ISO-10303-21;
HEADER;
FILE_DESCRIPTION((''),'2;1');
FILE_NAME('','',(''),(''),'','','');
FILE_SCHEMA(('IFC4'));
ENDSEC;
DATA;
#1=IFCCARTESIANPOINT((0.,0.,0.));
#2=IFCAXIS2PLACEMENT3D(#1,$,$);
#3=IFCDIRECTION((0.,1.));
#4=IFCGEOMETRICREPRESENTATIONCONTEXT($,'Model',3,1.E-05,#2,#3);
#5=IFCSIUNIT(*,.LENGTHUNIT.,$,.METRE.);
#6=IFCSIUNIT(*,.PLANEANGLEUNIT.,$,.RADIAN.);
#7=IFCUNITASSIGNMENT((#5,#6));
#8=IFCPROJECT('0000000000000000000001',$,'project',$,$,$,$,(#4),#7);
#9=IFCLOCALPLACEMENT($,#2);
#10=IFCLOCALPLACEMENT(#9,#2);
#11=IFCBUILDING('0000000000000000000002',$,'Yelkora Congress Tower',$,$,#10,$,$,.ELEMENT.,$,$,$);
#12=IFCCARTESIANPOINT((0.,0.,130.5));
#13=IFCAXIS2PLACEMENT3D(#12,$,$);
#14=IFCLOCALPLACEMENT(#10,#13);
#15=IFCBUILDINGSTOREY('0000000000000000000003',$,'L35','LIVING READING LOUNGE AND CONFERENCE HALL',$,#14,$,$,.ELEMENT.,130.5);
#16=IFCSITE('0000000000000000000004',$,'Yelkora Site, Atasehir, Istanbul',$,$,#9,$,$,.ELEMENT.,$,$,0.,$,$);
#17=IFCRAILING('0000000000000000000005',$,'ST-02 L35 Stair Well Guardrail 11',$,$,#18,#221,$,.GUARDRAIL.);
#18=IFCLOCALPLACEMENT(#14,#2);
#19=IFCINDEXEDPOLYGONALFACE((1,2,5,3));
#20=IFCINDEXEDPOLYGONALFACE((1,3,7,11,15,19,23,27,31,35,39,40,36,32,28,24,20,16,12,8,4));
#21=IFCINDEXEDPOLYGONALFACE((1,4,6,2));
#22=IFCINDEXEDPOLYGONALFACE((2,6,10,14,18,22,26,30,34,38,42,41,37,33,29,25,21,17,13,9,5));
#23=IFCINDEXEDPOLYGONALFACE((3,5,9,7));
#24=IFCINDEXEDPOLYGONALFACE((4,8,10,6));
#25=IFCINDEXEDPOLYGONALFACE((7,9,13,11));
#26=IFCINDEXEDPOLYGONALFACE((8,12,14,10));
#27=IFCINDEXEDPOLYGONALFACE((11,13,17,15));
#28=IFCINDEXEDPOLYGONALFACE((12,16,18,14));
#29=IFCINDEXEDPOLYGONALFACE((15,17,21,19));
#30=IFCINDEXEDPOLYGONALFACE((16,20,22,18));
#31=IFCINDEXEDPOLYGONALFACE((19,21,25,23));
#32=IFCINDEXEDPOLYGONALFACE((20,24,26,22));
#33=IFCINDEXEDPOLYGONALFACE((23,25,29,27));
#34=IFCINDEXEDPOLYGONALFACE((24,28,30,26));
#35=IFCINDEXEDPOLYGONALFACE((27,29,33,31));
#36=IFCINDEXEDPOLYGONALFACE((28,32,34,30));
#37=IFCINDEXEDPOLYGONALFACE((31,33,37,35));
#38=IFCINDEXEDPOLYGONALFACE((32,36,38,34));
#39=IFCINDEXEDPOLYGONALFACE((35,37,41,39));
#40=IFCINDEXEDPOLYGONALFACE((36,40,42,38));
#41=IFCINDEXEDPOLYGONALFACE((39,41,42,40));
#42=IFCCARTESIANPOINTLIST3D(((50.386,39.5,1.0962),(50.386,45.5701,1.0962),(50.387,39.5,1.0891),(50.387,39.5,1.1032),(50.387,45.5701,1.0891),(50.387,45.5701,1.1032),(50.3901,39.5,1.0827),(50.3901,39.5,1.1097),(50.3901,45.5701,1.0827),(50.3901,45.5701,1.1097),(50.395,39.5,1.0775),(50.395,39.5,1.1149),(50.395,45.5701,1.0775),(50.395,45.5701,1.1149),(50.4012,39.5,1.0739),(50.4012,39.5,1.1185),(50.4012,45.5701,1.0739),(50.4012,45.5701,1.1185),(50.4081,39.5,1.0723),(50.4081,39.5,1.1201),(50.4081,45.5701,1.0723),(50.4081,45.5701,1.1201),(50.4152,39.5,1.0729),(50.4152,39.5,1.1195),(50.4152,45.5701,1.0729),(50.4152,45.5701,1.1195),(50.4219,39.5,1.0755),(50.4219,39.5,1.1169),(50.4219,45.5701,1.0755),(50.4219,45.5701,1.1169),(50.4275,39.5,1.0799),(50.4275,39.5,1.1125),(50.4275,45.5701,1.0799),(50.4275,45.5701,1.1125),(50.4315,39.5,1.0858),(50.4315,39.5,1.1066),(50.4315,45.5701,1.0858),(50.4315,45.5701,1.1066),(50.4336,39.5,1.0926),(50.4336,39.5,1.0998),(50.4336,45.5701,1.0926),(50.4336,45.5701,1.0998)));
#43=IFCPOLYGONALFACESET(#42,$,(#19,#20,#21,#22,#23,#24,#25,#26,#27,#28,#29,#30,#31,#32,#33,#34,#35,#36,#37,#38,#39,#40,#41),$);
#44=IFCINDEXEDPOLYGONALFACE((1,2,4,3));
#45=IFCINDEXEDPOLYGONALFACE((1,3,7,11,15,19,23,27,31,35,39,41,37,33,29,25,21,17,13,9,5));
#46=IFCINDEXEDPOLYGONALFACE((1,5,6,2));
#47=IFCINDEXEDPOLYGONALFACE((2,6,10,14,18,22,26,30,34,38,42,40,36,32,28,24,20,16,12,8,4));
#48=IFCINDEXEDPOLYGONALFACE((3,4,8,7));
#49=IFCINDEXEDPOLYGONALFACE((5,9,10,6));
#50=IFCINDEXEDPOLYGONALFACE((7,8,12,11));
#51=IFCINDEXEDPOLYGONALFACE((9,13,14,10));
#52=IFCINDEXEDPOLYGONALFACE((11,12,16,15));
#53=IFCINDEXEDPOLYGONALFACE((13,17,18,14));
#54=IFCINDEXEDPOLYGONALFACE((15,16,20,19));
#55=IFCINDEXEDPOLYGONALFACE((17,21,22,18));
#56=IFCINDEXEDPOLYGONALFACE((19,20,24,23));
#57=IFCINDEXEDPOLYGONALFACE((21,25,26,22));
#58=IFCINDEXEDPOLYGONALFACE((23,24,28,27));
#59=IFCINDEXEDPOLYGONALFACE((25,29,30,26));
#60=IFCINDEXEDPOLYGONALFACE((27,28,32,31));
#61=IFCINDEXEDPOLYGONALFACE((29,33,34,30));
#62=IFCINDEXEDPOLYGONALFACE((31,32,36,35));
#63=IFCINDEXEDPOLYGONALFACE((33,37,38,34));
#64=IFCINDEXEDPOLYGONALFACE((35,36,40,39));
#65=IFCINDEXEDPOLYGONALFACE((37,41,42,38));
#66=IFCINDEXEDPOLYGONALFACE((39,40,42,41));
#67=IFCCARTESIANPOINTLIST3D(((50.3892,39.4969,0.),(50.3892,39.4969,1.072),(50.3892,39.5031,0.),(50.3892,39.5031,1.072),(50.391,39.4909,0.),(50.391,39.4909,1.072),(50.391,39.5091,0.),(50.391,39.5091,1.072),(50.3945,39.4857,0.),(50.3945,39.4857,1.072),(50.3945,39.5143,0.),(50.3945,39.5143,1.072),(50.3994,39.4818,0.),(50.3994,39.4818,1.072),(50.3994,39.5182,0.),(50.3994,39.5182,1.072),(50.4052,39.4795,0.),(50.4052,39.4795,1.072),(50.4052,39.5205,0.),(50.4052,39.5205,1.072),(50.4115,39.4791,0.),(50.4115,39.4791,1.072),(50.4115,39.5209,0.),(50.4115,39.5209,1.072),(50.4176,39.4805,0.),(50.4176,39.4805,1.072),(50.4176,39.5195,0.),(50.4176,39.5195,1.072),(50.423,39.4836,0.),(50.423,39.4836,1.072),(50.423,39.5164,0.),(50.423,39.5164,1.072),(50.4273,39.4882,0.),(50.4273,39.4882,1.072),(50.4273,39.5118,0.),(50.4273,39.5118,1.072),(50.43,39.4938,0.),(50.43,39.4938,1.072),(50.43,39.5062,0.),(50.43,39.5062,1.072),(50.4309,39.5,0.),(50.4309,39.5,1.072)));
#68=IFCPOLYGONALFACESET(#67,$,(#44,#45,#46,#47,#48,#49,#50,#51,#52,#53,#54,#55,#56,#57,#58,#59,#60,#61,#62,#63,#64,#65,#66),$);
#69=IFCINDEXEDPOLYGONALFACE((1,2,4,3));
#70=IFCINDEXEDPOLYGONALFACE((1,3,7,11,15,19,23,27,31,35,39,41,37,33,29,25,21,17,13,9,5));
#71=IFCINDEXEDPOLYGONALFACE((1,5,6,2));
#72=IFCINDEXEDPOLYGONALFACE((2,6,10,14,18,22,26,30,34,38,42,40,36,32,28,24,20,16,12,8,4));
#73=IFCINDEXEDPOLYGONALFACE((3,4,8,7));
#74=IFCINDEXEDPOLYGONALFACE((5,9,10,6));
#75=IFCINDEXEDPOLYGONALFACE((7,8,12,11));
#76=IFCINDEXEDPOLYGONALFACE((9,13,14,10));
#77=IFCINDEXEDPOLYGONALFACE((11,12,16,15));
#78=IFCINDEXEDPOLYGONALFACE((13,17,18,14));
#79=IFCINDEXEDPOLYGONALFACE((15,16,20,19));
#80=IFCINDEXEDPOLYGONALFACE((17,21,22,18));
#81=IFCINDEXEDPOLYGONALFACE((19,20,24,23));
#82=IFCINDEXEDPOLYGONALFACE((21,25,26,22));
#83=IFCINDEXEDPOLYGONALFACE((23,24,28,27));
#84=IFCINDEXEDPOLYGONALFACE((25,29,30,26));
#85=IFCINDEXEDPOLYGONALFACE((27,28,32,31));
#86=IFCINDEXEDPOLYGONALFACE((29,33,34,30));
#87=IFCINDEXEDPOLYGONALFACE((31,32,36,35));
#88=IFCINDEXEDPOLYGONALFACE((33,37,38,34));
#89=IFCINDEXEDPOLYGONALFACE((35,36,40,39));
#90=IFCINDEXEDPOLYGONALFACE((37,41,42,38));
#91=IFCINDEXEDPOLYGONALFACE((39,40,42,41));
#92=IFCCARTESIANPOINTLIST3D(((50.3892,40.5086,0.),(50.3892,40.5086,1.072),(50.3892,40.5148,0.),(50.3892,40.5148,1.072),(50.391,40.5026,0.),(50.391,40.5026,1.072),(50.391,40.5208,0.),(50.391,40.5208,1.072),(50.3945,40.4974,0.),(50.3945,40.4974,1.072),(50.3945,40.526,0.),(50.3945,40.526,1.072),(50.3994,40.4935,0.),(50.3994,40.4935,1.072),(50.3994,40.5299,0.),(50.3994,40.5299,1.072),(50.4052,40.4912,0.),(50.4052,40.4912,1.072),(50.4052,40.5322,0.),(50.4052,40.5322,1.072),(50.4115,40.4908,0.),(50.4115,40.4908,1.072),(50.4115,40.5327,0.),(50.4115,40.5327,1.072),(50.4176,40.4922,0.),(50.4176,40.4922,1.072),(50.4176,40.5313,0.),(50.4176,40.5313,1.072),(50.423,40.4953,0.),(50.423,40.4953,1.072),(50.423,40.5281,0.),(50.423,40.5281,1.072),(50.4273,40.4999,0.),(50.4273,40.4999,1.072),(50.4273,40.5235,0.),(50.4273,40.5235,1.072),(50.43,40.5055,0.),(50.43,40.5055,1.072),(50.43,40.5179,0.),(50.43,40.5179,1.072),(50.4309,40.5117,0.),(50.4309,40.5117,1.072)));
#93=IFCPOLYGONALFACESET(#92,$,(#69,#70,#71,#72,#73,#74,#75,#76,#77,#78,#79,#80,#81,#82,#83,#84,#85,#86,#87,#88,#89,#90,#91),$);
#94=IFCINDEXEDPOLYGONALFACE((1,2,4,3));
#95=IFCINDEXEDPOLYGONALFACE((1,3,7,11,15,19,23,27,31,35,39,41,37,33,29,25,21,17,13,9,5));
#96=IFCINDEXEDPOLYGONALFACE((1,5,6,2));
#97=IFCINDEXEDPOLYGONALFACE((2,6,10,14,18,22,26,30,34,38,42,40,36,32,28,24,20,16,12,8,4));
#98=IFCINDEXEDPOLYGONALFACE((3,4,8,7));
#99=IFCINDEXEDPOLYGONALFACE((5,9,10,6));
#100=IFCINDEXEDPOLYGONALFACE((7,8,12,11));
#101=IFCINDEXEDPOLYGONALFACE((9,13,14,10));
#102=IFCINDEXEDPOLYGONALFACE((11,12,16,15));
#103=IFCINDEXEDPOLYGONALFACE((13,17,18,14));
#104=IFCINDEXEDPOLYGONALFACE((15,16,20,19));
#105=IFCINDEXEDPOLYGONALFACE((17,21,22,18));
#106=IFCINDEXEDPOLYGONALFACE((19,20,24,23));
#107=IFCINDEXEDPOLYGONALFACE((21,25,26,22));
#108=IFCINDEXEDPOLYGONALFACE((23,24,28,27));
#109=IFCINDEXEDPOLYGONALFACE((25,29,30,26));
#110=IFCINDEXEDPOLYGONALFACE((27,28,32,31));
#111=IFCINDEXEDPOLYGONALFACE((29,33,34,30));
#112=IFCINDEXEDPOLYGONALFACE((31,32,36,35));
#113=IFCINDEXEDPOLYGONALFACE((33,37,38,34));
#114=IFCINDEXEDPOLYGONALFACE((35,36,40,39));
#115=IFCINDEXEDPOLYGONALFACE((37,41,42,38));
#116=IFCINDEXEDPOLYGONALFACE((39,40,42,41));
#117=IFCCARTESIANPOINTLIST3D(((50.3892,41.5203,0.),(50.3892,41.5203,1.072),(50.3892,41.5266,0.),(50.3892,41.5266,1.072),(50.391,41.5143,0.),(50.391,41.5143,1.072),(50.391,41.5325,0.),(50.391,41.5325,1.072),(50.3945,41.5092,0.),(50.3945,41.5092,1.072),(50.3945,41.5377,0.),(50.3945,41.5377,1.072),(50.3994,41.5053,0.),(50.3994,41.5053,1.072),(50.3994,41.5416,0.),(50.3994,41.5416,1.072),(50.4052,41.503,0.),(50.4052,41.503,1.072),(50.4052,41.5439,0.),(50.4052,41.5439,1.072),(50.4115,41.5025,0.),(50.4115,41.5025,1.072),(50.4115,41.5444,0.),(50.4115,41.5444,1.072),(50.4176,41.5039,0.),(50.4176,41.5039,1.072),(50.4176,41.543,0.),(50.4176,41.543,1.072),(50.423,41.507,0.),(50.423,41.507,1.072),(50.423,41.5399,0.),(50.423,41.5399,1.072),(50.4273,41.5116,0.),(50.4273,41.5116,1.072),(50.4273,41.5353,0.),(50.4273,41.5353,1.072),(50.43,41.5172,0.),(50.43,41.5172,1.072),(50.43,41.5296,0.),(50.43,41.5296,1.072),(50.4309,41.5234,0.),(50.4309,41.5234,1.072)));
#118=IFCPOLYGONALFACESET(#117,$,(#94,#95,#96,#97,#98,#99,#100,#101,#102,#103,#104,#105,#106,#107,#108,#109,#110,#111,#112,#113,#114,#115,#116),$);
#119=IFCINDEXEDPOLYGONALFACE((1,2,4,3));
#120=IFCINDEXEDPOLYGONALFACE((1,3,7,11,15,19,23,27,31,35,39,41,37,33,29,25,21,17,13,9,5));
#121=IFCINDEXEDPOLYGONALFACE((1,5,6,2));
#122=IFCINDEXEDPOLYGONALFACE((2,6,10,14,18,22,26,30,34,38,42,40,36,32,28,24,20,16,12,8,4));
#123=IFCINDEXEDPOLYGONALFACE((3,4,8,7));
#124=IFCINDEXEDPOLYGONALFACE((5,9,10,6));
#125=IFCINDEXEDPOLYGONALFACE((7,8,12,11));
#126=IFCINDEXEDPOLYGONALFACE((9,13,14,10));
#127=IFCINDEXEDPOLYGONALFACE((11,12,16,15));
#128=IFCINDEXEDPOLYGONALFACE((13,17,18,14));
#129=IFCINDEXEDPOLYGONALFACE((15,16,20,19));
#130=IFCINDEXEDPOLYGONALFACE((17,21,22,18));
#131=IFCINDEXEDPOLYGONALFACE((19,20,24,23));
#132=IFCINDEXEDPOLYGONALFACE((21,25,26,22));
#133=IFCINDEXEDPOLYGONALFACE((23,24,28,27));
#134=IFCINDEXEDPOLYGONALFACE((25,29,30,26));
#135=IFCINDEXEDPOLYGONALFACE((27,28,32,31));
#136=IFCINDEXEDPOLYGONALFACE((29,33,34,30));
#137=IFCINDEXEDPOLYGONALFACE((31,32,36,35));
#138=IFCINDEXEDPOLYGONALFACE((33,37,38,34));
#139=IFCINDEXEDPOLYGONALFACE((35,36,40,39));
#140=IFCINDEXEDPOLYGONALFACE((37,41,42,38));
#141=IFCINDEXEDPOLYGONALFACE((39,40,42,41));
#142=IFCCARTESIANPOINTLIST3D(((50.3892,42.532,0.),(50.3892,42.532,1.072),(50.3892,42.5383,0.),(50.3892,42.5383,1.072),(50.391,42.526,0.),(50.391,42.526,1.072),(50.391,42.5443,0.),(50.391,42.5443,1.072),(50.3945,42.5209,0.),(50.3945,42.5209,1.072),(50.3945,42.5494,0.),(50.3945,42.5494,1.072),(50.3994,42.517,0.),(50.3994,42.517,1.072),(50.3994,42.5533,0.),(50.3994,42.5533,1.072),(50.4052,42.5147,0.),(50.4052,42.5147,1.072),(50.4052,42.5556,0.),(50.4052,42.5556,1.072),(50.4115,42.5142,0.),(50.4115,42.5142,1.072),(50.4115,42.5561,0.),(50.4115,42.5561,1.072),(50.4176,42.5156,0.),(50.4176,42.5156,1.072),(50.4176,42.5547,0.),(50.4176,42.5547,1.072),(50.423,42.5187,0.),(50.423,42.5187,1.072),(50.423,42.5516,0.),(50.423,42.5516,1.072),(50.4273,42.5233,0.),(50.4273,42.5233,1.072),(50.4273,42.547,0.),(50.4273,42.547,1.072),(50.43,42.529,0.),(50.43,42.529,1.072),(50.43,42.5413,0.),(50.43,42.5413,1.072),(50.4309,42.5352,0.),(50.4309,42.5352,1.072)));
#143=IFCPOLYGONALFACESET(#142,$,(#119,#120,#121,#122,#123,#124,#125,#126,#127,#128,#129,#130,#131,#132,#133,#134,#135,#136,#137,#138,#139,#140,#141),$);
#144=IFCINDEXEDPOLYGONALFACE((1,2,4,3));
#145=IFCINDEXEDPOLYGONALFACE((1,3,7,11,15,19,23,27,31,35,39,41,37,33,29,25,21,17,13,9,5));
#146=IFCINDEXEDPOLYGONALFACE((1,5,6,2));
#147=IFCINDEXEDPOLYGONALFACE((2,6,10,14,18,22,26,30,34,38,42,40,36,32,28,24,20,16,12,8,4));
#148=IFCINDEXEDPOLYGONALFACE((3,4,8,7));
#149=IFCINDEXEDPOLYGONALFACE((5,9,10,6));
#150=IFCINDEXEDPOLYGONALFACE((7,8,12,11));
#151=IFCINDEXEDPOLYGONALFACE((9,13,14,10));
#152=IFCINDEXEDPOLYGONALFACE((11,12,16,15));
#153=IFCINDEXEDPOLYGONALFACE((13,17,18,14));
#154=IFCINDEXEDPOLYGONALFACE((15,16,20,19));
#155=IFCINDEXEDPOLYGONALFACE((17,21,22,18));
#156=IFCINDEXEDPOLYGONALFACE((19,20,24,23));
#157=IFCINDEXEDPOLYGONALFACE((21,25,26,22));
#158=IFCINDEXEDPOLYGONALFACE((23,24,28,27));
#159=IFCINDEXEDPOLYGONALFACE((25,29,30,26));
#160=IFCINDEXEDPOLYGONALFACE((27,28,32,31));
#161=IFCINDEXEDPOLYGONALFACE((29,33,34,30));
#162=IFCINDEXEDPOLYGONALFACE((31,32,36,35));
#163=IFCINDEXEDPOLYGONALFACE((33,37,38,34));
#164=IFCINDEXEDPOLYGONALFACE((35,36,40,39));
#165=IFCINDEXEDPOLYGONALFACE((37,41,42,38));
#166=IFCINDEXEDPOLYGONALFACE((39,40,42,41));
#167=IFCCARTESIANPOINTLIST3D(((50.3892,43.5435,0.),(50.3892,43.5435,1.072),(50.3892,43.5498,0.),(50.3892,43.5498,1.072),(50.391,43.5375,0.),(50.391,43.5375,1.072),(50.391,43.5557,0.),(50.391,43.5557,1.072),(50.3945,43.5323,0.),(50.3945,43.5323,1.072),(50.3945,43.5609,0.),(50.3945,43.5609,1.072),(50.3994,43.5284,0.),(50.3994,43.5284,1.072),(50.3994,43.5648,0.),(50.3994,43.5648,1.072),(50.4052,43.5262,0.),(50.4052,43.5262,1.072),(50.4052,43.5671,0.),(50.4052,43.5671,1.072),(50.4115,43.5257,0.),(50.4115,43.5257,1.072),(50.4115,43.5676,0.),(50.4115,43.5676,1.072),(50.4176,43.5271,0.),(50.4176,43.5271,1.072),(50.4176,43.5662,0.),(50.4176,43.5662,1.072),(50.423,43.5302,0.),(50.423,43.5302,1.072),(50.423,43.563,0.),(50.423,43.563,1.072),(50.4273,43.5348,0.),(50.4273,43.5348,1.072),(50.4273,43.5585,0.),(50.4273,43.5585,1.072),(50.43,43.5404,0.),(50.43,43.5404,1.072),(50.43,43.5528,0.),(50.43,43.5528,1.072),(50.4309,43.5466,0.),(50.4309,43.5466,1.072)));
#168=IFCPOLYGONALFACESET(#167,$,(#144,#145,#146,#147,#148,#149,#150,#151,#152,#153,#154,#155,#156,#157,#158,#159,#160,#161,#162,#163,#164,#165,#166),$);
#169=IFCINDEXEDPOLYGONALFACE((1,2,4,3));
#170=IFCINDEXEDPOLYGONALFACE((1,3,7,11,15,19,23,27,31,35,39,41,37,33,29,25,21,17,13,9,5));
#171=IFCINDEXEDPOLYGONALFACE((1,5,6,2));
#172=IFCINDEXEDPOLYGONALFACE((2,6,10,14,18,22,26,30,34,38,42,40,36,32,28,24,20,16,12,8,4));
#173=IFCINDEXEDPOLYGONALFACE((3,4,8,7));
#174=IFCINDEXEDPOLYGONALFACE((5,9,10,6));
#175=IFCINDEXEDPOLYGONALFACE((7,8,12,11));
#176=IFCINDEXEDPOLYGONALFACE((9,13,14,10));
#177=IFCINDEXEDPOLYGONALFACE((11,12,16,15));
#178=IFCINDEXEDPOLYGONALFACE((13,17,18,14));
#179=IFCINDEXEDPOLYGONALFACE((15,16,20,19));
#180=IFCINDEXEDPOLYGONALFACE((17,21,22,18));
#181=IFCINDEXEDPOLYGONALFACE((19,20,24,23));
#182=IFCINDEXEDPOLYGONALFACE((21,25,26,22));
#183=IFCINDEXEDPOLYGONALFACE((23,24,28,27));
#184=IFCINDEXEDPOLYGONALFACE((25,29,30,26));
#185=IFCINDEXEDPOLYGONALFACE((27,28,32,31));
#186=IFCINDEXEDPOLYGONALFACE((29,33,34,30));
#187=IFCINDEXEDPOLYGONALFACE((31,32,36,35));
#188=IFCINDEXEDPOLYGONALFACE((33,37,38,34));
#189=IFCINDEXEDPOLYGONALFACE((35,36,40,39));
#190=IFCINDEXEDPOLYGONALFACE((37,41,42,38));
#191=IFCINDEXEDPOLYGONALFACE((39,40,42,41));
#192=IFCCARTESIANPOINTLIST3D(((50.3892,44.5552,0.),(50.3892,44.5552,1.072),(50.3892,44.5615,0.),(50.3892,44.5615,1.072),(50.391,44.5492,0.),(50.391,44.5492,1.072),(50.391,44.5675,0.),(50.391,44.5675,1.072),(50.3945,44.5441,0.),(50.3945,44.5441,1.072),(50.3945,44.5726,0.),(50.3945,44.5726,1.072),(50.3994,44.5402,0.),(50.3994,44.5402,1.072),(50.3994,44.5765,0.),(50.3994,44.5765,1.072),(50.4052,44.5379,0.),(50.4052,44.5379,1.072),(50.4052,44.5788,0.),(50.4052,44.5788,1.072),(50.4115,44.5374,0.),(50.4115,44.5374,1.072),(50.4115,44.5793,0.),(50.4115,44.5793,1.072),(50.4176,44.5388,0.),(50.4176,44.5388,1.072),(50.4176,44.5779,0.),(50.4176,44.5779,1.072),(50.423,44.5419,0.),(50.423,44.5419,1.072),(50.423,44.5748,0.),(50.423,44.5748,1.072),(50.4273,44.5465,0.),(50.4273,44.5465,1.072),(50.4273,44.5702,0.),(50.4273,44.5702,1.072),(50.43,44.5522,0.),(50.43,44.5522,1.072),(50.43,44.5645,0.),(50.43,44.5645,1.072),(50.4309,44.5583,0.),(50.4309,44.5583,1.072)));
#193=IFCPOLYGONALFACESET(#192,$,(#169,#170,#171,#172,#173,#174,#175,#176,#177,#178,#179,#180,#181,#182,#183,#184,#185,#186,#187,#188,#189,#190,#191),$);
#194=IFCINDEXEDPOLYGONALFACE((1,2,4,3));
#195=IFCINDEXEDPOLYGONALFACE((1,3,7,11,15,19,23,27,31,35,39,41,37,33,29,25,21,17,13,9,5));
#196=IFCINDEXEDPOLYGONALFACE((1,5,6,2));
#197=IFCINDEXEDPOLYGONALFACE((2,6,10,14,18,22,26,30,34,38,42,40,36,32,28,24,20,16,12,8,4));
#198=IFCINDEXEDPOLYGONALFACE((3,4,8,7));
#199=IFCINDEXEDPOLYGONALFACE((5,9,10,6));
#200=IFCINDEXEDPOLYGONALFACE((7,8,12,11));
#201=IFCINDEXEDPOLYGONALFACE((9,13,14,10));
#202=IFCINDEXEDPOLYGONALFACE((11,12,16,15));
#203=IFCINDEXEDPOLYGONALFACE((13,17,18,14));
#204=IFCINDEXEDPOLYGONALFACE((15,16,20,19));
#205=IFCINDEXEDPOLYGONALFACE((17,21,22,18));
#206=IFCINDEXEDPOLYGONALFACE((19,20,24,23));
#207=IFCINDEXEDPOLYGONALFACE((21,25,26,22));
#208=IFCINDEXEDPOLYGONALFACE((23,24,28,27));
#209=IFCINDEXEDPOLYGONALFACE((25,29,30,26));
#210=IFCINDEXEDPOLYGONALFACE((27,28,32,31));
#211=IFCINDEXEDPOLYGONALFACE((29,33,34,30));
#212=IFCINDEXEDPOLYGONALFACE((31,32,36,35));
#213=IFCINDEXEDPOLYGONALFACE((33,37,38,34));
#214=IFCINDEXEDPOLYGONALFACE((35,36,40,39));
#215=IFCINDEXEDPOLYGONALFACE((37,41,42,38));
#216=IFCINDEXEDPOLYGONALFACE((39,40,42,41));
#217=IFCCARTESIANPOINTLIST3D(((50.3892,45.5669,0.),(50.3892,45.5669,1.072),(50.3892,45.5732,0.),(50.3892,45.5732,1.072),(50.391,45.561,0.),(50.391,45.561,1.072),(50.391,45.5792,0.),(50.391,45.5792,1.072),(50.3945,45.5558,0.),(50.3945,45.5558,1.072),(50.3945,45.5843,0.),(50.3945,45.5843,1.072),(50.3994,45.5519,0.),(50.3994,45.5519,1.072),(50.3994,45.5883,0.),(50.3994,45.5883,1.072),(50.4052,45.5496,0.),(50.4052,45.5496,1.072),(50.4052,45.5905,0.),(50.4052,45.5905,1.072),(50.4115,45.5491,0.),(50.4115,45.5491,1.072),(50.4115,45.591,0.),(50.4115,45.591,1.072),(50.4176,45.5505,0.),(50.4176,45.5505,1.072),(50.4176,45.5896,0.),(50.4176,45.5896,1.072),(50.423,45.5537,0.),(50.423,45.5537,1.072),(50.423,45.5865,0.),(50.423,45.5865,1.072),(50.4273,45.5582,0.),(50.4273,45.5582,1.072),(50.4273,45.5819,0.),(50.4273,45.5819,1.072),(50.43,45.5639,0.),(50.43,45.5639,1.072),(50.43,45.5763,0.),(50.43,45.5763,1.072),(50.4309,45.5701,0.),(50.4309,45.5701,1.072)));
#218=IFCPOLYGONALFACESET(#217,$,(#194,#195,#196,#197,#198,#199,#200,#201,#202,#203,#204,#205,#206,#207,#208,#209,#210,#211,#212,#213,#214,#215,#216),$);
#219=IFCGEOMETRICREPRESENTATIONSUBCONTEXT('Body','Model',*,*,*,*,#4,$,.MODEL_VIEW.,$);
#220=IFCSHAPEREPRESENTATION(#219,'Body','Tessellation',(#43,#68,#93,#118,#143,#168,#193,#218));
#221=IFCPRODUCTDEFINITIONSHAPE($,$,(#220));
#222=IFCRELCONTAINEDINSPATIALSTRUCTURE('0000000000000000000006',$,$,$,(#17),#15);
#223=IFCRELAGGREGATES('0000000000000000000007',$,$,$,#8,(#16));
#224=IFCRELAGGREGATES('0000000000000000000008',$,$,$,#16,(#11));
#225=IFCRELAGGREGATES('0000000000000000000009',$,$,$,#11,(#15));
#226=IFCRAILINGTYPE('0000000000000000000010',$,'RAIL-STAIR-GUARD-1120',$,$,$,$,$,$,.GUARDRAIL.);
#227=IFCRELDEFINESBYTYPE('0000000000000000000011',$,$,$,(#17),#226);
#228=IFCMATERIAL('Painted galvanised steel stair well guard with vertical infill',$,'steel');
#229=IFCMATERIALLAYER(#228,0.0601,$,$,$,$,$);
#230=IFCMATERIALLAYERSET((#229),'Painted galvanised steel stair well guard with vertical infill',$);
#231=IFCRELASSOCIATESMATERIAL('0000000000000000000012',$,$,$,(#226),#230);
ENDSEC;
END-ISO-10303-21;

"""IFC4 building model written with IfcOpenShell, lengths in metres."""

from ifc_helpers import new_model, si_unit, direction, frame, origin, origin_2d, place, context, subcontext, project, spatial, circle, extrude, material, layer, layer_set, type_object, element, save


model = new_model("IFC4")

# Units and contexts
model_context = context("Model", 3, precision=1e-05, world=origin(), true_north=direction((0.0, 1.0)))
body_context = subcontext(model_context, "Body", "Model", "MODEL_VIEW")
ifc_project = project(units=[si_unit("LENGTHUNIT", "METRE"), si_unit("PLANEANGLEUNIT", "RADIAN")], contexts=[model_context])

# Site, building, storey
site_placement = place(None, origin())
site = spatial("IfcSite", under=ifc_project, at=site_placement, Name="Yelkora Site, Atasehir, Istanbul", CompositionType="ELEMENT", RefElevation=0.0)
building_placement = place(site_placement, origin())
building = spatial("IfcBuilding", under=site, at=building_placement, Name="Yelkora Congress Tower", CompositionType="ELEMENT")
storey_placement = place(building_placement, frame((0.0, 0.0, 130.5)))
storey = spatial("IfcBuildingStorey", under=building, at=storey_placement, Name="L35", Description="LIVING READING LOUNGE AND CONFERENCE HALL", CompositionType="ELEMENT", Elevation=130.5)

# Railing
ifc_material_1 = material(Name="Painted galvanised steel stair well guard with vertical infill", Category="steel")
ifc_layer_1 = layer(ifc_material_1, 0.0601)
ifc_layer_set_1 = layer_set([ifc_layer_1], Name="Painted galvanised steel stair well guard with vertical infill")
railing_type_1 = type_object("IfcRailingType", Name="RAIL-STAIR-GUARD-1120", PredefinedType="GUARDRAIL", material=ifc_layer_set_1)
railing_1_placement = place(storey_placement, frame((50.4099, 39.5, 0.0)))
element("IfcRailing", 1, at=railing_1_placement, inside=storey, type_object=railing_type_1, Name="ST-02 L35 Stair Well Guardrail 11", PredefinedType="GUARDRAIL", context=body_context, shape_type="SweptSolid", body=[
    extrude(circle(Radius=0.0239, at=origin_2d()), frame((0.0, 0.0, 1.0962), z_axis=(0.0, 1.0, 0.0), x_axis=(-1.0, 0.0, 0.0)), (0.0, 0.0, 1.0), 6.0701),
    extrude(circle(Radius=0.021, at=origin_2d()), origin(), (0.0, 0.0, 1.0), 1.072),
    extrude(circle(Radius=0.021, at=origin_2d()), frame((0.0, 1.0117, 0.0)), (0.0, 0.0, 1.0), 1.072),
    extrude(circle(Radius=0.021, at=origin_2d()), frame((0.0, 2.0234, 0.0)), (0.0, 0.0, 1.0), 1.072),
    extrude(circle(Radius=0.021, at=origin_2d()), frame((0.0, 3.0352, 0.0)), (0.0, 0.0, 1.0), 1.072),
    extrude(circle(Radius=0.021, at=origin_2d()), frame((0.0, 4.0466, 0.0)), (0.0, 0.0, 1.0), 1.072),
    extrude(circle(Radius=0.021, at=origin_2d()), frame((0.0, 5.0583, 0.0)), (0.0, 0.0, 1.0), 1.072),
    extrude(circle(Radius=0.021, at=origin_2d()), frame((0.0, 6.0701, 0.0)), (0.0, 0.0, 1.0), 1.072),
])

save(model, "model.ifc")
